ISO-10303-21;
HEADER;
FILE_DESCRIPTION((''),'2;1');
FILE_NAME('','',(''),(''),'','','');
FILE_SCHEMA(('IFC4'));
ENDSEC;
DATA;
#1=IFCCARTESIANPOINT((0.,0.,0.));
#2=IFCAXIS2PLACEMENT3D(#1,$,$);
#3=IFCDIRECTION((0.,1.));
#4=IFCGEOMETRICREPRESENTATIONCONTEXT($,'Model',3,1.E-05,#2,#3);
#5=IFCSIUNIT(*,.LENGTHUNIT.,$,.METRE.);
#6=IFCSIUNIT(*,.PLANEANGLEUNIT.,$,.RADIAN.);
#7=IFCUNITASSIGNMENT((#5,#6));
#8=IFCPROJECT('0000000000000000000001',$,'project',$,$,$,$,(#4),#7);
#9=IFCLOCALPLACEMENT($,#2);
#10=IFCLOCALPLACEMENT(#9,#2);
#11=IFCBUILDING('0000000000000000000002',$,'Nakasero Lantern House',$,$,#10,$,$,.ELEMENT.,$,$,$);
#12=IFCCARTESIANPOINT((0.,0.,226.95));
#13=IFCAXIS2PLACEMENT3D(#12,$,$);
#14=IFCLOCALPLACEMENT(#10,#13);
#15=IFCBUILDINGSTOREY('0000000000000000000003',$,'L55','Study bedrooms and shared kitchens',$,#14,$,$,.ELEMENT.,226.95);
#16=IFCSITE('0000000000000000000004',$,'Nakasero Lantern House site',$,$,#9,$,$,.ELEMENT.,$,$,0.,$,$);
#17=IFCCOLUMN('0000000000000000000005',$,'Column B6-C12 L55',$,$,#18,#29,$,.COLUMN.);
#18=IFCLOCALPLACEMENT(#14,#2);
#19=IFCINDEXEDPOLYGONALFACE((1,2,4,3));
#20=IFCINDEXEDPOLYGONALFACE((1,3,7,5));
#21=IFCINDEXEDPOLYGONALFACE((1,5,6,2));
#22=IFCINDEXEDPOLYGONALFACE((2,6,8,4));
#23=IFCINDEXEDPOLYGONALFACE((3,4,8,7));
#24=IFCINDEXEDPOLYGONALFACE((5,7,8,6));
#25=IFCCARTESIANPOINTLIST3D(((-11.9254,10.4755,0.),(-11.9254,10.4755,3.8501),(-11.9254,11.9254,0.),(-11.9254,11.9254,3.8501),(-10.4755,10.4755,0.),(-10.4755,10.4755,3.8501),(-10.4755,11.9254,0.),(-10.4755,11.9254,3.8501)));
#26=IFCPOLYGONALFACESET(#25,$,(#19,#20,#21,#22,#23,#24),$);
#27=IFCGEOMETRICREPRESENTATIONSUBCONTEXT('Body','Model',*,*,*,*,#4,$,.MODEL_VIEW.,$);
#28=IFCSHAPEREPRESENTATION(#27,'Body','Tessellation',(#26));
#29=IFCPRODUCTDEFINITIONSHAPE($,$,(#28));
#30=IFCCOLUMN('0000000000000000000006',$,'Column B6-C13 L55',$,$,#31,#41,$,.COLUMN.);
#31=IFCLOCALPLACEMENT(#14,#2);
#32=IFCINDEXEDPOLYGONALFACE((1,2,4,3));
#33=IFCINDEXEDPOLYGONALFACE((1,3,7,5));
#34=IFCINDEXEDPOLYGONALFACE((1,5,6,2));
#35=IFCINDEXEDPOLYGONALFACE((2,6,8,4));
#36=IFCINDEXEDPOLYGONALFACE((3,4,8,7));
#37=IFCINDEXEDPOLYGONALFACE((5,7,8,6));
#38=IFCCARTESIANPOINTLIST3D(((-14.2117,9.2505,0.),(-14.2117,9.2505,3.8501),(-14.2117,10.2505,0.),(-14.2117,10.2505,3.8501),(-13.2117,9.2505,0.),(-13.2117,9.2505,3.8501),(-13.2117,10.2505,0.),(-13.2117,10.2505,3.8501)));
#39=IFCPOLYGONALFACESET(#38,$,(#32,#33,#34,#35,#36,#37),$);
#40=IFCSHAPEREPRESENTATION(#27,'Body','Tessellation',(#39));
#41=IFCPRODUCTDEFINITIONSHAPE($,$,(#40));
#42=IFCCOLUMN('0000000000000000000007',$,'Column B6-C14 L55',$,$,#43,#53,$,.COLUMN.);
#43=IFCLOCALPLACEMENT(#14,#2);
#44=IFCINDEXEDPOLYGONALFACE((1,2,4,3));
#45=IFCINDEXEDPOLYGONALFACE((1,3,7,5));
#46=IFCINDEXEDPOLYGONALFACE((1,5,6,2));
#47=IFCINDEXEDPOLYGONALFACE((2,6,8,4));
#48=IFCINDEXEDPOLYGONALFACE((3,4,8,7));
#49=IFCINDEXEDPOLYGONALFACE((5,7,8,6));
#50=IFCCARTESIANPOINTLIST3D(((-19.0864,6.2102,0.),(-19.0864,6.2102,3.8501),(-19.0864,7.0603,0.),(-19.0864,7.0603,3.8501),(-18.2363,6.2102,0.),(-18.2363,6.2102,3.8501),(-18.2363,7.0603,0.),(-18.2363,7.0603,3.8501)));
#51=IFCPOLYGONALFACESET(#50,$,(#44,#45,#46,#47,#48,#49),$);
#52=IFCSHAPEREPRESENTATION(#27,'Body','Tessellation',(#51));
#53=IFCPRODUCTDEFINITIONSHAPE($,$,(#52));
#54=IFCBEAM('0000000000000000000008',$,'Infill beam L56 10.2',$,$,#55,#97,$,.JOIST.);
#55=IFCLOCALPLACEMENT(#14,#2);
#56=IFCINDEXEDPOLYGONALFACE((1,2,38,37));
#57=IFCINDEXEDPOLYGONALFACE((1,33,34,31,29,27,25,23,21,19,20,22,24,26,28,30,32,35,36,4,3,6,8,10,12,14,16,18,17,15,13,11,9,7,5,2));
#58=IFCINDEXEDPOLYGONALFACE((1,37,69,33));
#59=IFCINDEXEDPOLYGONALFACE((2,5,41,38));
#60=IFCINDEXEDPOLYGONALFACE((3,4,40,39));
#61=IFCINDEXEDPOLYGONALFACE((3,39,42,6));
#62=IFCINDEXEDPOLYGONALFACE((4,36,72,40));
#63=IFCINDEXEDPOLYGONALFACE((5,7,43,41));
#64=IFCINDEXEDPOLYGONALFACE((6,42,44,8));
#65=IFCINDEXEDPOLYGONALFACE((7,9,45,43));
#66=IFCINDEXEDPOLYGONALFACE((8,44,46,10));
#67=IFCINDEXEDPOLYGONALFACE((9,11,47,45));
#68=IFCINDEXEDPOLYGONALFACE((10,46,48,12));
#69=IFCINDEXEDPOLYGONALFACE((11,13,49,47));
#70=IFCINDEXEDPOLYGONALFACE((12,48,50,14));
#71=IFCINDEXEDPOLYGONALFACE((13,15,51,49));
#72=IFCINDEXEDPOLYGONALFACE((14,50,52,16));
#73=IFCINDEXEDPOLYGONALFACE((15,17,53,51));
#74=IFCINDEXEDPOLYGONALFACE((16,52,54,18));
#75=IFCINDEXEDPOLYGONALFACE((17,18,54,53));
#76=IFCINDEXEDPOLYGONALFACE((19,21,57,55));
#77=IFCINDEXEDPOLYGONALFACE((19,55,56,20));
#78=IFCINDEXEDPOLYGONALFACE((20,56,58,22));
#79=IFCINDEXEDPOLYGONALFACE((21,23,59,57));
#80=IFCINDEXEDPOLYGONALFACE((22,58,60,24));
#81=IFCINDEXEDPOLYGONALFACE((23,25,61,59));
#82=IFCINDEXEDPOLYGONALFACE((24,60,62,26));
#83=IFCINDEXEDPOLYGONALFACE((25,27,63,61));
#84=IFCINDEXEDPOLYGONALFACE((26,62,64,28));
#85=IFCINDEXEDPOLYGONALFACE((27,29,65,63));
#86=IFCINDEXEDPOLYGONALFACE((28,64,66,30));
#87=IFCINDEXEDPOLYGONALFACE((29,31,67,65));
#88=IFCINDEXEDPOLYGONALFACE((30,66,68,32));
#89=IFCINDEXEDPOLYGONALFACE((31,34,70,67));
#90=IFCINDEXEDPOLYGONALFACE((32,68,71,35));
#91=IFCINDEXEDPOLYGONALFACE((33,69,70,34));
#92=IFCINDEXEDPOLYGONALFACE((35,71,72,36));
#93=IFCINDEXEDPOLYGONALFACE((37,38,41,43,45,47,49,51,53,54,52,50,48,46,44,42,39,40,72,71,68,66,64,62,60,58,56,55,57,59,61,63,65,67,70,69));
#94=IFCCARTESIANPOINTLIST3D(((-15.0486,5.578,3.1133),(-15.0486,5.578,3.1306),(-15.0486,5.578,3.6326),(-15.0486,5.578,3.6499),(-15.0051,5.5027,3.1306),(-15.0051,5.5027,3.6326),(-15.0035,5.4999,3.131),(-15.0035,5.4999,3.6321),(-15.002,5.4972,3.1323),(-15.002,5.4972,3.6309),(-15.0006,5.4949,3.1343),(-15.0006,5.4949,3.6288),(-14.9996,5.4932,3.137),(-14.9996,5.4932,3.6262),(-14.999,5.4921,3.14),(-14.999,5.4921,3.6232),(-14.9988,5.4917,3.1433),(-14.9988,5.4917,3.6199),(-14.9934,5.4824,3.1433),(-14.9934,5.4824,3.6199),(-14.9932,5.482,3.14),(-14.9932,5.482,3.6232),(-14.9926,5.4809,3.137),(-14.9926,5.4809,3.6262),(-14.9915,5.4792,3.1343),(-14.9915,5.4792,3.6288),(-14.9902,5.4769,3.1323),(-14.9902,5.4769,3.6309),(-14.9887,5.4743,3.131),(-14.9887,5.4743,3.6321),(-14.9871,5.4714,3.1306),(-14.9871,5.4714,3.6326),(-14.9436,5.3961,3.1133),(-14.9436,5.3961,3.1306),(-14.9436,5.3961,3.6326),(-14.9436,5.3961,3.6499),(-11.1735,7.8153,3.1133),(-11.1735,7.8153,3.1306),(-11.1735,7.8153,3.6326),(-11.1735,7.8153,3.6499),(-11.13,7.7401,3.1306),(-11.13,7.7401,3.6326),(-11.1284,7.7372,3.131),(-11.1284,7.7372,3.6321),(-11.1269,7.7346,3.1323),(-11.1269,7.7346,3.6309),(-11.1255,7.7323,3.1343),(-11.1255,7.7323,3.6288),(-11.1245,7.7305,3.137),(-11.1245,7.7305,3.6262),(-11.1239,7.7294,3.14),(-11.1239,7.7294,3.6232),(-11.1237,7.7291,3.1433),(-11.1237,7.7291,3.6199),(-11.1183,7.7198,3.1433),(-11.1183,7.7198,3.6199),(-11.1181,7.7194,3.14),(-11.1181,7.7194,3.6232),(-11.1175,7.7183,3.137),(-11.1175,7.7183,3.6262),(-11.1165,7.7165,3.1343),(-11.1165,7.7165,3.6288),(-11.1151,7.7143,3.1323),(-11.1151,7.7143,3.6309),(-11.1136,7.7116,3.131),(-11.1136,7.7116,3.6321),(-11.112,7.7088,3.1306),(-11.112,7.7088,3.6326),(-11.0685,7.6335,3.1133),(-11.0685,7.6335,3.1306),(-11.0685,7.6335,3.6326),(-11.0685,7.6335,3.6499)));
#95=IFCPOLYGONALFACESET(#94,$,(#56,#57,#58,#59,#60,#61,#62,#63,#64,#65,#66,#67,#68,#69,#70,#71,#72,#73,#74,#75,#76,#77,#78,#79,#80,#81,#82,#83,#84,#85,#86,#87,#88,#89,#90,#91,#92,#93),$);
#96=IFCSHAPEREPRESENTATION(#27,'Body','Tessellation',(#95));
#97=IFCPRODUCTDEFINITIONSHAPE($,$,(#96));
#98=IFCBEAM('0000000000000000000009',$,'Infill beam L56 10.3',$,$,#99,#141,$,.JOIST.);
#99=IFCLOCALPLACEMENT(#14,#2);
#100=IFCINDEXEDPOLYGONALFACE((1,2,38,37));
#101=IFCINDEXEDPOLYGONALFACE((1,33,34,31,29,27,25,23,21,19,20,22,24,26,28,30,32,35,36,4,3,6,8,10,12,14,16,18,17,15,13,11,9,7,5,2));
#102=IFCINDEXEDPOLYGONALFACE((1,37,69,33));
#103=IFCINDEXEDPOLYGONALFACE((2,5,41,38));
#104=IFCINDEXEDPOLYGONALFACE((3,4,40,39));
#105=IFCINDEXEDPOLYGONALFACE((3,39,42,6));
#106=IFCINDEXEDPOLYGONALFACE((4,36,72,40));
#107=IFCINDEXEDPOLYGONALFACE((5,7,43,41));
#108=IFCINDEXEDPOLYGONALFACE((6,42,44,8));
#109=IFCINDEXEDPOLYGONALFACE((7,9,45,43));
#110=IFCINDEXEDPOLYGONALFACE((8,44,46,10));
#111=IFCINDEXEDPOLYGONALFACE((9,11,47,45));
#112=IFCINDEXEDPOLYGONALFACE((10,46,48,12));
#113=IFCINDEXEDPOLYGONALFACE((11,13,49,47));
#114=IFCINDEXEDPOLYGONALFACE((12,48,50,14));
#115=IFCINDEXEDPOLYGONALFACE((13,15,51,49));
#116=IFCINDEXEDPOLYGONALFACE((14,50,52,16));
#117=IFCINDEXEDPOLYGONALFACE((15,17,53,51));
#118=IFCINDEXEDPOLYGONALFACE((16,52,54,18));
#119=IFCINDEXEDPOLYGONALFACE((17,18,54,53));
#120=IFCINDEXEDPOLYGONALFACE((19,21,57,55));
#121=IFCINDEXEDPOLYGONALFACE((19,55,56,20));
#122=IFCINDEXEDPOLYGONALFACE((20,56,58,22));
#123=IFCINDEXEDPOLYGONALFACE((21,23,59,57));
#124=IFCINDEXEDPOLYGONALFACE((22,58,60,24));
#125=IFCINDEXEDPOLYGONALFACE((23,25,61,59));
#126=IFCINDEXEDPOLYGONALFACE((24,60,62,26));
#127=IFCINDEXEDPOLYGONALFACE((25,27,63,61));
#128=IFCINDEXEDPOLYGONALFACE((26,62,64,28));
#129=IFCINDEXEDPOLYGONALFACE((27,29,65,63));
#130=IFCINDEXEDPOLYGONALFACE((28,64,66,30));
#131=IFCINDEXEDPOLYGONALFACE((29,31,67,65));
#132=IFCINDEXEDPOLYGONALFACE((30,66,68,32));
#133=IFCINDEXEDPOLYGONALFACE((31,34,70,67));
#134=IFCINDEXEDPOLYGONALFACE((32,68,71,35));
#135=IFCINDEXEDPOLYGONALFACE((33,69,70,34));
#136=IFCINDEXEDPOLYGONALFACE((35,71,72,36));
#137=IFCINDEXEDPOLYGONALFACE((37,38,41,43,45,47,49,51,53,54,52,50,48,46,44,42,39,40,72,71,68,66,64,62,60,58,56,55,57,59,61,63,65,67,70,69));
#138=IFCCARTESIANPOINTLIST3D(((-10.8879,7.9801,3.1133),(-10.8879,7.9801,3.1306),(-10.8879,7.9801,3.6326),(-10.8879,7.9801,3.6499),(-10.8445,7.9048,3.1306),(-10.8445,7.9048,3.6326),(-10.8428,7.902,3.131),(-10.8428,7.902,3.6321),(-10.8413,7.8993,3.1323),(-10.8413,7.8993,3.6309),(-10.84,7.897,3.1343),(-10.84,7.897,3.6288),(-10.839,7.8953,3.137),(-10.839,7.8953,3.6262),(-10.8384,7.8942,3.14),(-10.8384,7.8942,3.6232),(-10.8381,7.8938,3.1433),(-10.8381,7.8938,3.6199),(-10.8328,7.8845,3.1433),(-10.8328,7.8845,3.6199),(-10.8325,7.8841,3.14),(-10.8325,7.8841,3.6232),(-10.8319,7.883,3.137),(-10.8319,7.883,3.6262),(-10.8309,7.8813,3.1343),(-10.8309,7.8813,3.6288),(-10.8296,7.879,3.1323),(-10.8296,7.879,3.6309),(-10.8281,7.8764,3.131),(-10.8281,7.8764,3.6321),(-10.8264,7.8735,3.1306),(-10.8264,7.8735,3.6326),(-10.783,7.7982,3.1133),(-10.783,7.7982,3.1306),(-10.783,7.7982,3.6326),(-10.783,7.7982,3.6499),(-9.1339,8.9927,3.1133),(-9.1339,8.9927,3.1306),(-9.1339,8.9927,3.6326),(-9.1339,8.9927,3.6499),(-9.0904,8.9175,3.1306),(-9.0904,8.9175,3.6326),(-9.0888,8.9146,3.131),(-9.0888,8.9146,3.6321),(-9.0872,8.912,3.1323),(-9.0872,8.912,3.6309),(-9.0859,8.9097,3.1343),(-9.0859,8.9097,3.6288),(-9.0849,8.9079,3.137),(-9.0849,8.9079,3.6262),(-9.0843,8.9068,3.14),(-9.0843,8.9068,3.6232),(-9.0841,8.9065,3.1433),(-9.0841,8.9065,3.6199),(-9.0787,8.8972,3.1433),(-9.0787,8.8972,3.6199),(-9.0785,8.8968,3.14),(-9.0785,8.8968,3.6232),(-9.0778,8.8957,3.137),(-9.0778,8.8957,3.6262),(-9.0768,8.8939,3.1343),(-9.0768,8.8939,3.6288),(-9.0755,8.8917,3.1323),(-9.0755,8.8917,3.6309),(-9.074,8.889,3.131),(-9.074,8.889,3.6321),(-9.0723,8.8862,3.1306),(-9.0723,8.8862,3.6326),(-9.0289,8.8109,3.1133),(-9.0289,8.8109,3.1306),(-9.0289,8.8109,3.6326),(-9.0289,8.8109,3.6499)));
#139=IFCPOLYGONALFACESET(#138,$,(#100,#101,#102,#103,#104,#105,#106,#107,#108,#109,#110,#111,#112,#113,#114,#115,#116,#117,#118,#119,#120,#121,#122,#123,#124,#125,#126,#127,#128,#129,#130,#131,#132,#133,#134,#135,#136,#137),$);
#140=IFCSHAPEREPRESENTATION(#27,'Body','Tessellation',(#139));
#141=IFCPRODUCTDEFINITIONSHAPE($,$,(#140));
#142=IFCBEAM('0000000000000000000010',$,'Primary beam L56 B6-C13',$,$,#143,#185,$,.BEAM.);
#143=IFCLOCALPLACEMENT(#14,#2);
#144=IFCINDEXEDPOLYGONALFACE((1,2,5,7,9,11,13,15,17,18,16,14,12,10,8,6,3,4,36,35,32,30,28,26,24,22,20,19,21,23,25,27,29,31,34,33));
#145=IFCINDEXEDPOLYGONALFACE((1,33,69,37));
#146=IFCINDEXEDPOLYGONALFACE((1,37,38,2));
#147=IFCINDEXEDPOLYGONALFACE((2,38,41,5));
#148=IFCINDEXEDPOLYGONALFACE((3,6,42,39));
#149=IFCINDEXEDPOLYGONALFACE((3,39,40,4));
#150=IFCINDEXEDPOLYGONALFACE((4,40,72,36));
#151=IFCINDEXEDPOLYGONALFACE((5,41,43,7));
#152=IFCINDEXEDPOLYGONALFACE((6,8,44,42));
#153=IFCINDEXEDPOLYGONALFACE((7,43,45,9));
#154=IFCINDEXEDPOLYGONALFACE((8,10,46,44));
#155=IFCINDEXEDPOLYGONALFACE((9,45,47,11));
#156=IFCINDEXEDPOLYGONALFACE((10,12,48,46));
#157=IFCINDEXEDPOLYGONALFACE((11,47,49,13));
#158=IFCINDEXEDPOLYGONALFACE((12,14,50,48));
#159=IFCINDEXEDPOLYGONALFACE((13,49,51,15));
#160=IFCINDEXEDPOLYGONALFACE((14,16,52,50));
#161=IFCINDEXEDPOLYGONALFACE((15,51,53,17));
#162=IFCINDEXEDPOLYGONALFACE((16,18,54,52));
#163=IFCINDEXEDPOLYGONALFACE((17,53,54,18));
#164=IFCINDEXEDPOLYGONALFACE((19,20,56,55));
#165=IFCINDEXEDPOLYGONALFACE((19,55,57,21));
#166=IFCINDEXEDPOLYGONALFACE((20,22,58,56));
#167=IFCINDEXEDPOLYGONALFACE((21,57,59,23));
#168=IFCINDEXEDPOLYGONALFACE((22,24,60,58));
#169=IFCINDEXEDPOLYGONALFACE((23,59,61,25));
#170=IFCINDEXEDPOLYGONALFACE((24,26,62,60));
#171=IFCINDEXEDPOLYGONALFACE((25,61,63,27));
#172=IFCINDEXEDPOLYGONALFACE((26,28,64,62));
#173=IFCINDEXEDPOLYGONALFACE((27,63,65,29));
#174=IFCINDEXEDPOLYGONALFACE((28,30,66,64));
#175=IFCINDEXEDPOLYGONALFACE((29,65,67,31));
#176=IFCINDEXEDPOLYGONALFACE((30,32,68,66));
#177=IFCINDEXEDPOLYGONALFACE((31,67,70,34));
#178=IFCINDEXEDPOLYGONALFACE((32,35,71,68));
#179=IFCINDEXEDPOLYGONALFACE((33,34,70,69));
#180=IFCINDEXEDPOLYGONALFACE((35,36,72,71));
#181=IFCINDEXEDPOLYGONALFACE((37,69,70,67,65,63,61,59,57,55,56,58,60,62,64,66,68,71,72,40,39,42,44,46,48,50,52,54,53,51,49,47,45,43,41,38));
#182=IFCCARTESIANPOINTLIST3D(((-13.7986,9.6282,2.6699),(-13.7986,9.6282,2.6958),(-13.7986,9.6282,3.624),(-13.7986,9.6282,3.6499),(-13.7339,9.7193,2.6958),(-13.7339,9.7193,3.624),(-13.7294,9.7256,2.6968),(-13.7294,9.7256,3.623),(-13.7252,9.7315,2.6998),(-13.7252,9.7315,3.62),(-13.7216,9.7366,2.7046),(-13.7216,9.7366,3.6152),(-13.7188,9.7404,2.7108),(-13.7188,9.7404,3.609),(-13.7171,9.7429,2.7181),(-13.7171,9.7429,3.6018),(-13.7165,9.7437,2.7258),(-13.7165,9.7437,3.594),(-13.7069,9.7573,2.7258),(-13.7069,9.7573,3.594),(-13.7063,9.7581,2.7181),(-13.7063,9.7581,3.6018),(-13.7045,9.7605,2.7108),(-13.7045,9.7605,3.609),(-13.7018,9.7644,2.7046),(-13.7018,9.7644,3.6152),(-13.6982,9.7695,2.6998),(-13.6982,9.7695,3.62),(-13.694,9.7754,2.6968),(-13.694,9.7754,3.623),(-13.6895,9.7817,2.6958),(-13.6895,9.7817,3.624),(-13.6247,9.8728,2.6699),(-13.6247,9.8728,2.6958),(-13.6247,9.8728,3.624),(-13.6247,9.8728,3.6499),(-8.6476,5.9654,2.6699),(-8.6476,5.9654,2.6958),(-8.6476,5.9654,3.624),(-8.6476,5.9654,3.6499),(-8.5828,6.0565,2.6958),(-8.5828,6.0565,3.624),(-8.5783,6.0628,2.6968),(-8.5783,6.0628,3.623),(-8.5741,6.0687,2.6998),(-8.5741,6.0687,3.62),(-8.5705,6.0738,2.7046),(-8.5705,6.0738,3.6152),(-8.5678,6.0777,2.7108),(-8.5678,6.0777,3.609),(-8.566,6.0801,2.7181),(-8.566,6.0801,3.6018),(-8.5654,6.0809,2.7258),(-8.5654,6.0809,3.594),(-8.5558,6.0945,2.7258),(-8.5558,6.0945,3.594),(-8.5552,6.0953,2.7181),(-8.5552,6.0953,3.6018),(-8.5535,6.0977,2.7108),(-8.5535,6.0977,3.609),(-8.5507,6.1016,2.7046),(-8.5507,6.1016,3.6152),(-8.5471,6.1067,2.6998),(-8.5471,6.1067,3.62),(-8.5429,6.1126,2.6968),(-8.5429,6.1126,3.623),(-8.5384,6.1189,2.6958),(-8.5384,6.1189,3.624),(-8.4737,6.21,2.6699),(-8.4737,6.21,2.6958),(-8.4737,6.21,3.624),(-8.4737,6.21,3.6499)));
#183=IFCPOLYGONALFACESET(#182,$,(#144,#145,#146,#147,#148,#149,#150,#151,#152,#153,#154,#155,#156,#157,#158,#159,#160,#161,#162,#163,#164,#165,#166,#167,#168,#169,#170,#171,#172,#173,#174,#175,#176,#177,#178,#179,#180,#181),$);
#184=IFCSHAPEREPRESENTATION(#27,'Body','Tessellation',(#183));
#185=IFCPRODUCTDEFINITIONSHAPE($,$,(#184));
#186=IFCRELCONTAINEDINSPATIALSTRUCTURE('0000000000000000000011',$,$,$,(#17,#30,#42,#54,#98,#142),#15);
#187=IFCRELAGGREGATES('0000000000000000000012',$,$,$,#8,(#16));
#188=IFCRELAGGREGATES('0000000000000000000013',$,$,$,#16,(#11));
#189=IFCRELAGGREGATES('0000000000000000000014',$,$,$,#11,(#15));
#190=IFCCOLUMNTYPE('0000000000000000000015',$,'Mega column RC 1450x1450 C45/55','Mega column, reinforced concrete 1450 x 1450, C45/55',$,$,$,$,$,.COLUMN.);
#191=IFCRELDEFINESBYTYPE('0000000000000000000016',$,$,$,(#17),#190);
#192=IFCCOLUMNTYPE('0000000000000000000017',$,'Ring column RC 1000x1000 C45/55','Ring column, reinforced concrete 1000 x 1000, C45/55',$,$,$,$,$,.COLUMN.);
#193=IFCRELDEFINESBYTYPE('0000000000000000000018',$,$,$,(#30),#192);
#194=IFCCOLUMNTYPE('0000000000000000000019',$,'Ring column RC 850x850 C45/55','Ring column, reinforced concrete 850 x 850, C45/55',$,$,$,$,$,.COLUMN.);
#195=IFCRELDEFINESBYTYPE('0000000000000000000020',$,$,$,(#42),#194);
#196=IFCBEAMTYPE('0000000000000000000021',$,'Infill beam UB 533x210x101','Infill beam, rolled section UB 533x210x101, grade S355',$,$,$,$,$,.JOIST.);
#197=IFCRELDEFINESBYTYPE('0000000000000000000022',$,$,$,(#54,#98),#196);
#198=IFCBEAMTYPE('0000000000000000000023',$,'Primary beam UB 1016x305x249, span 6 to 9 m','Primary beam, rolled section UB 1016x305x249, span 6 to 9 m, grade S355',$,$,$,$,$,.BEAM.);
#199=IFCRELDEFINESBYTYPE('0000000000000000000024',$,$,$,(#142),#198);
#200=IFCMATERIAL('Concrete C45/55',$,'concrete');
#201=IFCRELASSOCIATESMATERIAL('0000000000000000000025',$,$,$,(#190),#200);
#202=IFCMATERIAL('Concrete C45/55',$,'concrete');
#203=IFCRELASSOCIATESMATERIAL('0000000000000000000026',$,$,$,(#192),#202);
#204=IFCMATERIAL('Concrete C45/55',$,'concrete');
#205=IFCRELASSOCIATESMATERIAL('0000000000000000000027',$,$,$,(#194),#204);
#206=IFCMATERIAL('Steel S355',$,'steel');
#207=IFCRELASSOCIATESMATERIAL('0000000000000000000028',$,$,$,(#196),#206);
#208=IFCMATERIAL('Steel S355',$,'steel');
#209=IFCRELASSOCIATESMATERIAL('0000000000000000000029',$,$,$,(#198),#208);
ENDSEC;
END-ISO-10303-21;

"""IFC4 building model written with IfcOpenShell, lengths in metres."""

from ifc_helpers import new_model, si_unit, direction, frame, origin, origin_2d, place, context, subcontext, project, spatial, rectangle, i_section, extrude, material, material_profile, profile_set, type_object, element, save


model = new_model("IFC4")

# Units and contexts
model_context = context("Model", 3, precision=1e-05, world=origin(), true_north=direction((0.0, 1.0)))
body_context = subcontext(model_context, "Body", "Model", "MODEL_VIEW")
ifc_project = project(units=[si_unit("LENGTHUNIT", "METRE"), si_unit("PLANEANGLEUNIT", "RADIAN")], contexts=[model_context])

# Site, building, storey
site_placement = place(None, origin())
site = spatial("IfcSite", under=ifc_project, at=site_placement, Name="Nakasero Lantern House site", CompositionType="ELEMENT", RefElevation=0.0)
building_placement = place(site_placement, origin())
building = spatial("IfcBuilding", under=site, at=building_placement, Name="Nakasero Lantern House", CompositionType="ELEMENT")
storey_placement = place(building_placement, frame((0.0, 0.0, 226.95)))
storey = spatial("IfcBuildingStorey", under=building, at=storey_placement, Name="L55", Description="Study bedrooms and shared kitchens", CompositionType="ELEMENT", Elevation=226.95)

# Columns
ifc_material_1 = material(Name="Concrete C45/55", Category="concrete")
ifc_material_profile_1 = material_profile(ifc_material_1, rectangle(XDim=1.45, YDim=1.45, at=origin_2d()), Name="RC 1450x1450")
ifc_profile_set_1 = profile_set([ifc_material_profile_1], Name="Concrete C45/55")
column_type_1 = type_object("IfcColumnType", Name="Mega column RC 1450x1450 C45/55", Description="Mega column, reinforced concrete 1450 x 1450, C45/55", PredefinedType="COLUMN", material=ifc_profile_set_1)
column_1_placement = place(storey_placement, frame((-11.2004, 11.2004, 0.0), z_axis=(0.0, 0.0, 1.0), x_axis=(1.0, 0.0, 0.0)))
element("IfcColumn", 1, at=column_1_placement, inside=storey, type_object=column_type_1, Name="Column B6-C12 L55", PredefinedType="COLUMN", context=body_context, shape_type="SweptSolid", body=[
    extrude(rectangle(XDim=1.45, YDim=1.45, at=origin_2d()), origin(), (0.0, 0.0, 1.0), 3.8501),
])
ifc_material_2 = material(Name="Concrete C45/55", Category="concrete")
ifc_material_profile_2 = material_profile(ifc_material_2, rectangle(XDim=1.0, YDim=1.0, at=origin_2d()), Name="RC 1000x1000")
ifc_profile_set_2 = profile_set([ifc_material_profile_2], Name="Concrete C45/55")
column_type_2 = type_object("IfcColumnType", Name="Ring column RC 1000x1000 C45/55", Description="Ring column, reinforced concrete 1000 x 1000, C45/55", PredefinedType="COLUMN", material=ifc_profile_set_2)
column_2_placement = place(storey_placement, frame((-13.7117, 9.7505, 0.0), z_axis=(0.0, 0.0, 1.0), x_axis=(1.0, 0.0, 0.0)))
element("IfcColumn", 2, at=column_2_placement, inside=storey, type_object=column_type_2, Name="Column B6-C13 L55", PredefinedType="COLUMN", context=body_context, shape_type="SweptSolid", body=[
    extrude(rectangle(XDim=1.0, YDim=1.0, at=origin_2d()), origin(), (0.0, 0.0, 1.0), 3.8501),
])
ifc_material_3 = material(Name="Concrete C45/55", Category="concrete")
ifc_material_profile_3 = material_profile(ifc_material_3, rectangle(XDim=0.8501, YDim=0.8501, at=origin_2d()), Name="RC 850x850")
ifc_profile_set_3 = profile_set([ifc_material_profile_3], Name="Concrete C45/55")
column_type_3 = type_object("IfcColumnType", Name="Ring column RC 850x850 C45/55", Description="Ring column, reinforced concrete 850 x 850, C45/55", PredefinedType="COLUMN", material=ifc_profile_set_3)
column_3_placement = place(storey_placement, frame((-18.6614, 6.6353, 0.0), z_axis=(0.0, 0.0, 1.0), x_axis=(1.0, 0.0, 0.0)))
element("IfcColumn", 3, at=column_3_placement, inside=storey, type_object=column_type_3, Name="Column B6-C14 L55", PredefinedType="COLUMN", context=body_context, shape_type="SweptSolid", body=[
    extrude(rectangle(XDim=0.8501, YDim=0.8501, at=origin_2d()), origin(), (0.0, 0.0, 1.0), 3.8501),
])

# Beams
ifc_material_4 = material(Name="Steel S355", Category="steel")
ifc_material_profile_4 = material_profile(ifc_material_4, i_section(OverallWidth=0.21, OverallDepth=0.5366, WebThickness=0.0107, FlangeThickness=0.0173, FilletRadius=0.0127, at=origin_2d()), Name="UB 533x210x101")
ifc_profile_set_4 = profile_set([ifc_material_profile_4], Name="Steel S355")
beam_type_1 = type_object("IfcBeamType", Name="Infill beam UB 533x210x101", Description="Infill beam, rolled section UB 533x210x101, grade S355", PredefinedType="JOIST", material=ifc_profile_set_4)
beam_1_placement = place(storey_placement, frame((-14.9961, 5.4871, 3.3816), z_axis=(0.866018, 0.500012, 0.0), x_axis=(-0.500012, 0.866018, 0.0)))
element("IfcBeam", 4, at=beam_1_placement, inside=storey, type_object=beam_type_1, Name="Infill beam L56 10.2", PredefinedType="JOIST", context=body_context, shape_type="SweptSolid", body=[
    extrude(i_section(OverallWidth=0.21, OverallDepth=0.5366, WebThickness=0.0107, FlangeThickness=0.0173, FilletRadius=0.0127, at=origin_2d()), origin(), (0.0, 0.0, 1.0), 4.4746),
])
beam_2_placement = place(storey_placement, frame((-10.8354, 7.8892, 3.3816), z_axis=(0.866039, 0.499976, 0.0), x_axis=(-0.499976, 0.866039, 0.0)))
element("IfcBeam", 5, at=beam_2_placement, inside=storey, type_object=beam_type_1, Name="Infill beam L56 10.3", PredefinedType="JOIST", context=body_context, shape_type="SweptSolid", body=[
    extrude(i_section(OverallWidth=0.21, OverallDepth=0.5366, WebThickness=0.0107, FlangeThickness=0.0173, FilletRadius=0.0127, at=origin_2d()), origin(), (0.0, 0.0, 1.0), 2.0254),
])
ifc_material_5 = material(Name="Steel S355", Category="steel")
ifc_material_profile_5 = material_profile(ifc_material_5, i_section(OverallWidth=0.3, OverallDepth=0.98, WebThickness=0.0166, FlangeThickness=0.0259, FilletRadius=0.03, at=origin_2d()), Name="UB 1016x305x249")
ifc_profile_set_5 = profile_set([ifc_material_profile_5], Name="Steel S355")
beam_type_2 = type_object("IfcBeamType", Name="Primary beam UB 1016x305x249, span 6 to 9 m", Description="Primary beam, rolled section UB 1016x305x249, span 6 to 9 m, grade S355", PredefinedType="BEAM", material=ifc_profile_set_5)
beam_3_placement = place(storey_placement, frame((-13.7117, 9.7505, 3.1599), z_axis=(0.814969, -0.579505, 0.0), x_axis=(0.579505, 0.814969, 0.0)))
element("IfcBeam", 6, at=beam_3_placement, inside=storey, type_object=beam_type_2, Name="Primary beam L56 B6-C13", PredefinedType="BEAM", context=body_context, shape_type="SweptSolid", body=[
    extrude(i_section(OverallWidth=0.3, OverallDepth=0.98, WebThickness=0.0166, FlangeThickness=0.0259, FilletRadius=0.03, at=origin_2d()), origin(), (0.0, 0.0, 1.0), 6.3206),
])

save(model, "model.ifc")
